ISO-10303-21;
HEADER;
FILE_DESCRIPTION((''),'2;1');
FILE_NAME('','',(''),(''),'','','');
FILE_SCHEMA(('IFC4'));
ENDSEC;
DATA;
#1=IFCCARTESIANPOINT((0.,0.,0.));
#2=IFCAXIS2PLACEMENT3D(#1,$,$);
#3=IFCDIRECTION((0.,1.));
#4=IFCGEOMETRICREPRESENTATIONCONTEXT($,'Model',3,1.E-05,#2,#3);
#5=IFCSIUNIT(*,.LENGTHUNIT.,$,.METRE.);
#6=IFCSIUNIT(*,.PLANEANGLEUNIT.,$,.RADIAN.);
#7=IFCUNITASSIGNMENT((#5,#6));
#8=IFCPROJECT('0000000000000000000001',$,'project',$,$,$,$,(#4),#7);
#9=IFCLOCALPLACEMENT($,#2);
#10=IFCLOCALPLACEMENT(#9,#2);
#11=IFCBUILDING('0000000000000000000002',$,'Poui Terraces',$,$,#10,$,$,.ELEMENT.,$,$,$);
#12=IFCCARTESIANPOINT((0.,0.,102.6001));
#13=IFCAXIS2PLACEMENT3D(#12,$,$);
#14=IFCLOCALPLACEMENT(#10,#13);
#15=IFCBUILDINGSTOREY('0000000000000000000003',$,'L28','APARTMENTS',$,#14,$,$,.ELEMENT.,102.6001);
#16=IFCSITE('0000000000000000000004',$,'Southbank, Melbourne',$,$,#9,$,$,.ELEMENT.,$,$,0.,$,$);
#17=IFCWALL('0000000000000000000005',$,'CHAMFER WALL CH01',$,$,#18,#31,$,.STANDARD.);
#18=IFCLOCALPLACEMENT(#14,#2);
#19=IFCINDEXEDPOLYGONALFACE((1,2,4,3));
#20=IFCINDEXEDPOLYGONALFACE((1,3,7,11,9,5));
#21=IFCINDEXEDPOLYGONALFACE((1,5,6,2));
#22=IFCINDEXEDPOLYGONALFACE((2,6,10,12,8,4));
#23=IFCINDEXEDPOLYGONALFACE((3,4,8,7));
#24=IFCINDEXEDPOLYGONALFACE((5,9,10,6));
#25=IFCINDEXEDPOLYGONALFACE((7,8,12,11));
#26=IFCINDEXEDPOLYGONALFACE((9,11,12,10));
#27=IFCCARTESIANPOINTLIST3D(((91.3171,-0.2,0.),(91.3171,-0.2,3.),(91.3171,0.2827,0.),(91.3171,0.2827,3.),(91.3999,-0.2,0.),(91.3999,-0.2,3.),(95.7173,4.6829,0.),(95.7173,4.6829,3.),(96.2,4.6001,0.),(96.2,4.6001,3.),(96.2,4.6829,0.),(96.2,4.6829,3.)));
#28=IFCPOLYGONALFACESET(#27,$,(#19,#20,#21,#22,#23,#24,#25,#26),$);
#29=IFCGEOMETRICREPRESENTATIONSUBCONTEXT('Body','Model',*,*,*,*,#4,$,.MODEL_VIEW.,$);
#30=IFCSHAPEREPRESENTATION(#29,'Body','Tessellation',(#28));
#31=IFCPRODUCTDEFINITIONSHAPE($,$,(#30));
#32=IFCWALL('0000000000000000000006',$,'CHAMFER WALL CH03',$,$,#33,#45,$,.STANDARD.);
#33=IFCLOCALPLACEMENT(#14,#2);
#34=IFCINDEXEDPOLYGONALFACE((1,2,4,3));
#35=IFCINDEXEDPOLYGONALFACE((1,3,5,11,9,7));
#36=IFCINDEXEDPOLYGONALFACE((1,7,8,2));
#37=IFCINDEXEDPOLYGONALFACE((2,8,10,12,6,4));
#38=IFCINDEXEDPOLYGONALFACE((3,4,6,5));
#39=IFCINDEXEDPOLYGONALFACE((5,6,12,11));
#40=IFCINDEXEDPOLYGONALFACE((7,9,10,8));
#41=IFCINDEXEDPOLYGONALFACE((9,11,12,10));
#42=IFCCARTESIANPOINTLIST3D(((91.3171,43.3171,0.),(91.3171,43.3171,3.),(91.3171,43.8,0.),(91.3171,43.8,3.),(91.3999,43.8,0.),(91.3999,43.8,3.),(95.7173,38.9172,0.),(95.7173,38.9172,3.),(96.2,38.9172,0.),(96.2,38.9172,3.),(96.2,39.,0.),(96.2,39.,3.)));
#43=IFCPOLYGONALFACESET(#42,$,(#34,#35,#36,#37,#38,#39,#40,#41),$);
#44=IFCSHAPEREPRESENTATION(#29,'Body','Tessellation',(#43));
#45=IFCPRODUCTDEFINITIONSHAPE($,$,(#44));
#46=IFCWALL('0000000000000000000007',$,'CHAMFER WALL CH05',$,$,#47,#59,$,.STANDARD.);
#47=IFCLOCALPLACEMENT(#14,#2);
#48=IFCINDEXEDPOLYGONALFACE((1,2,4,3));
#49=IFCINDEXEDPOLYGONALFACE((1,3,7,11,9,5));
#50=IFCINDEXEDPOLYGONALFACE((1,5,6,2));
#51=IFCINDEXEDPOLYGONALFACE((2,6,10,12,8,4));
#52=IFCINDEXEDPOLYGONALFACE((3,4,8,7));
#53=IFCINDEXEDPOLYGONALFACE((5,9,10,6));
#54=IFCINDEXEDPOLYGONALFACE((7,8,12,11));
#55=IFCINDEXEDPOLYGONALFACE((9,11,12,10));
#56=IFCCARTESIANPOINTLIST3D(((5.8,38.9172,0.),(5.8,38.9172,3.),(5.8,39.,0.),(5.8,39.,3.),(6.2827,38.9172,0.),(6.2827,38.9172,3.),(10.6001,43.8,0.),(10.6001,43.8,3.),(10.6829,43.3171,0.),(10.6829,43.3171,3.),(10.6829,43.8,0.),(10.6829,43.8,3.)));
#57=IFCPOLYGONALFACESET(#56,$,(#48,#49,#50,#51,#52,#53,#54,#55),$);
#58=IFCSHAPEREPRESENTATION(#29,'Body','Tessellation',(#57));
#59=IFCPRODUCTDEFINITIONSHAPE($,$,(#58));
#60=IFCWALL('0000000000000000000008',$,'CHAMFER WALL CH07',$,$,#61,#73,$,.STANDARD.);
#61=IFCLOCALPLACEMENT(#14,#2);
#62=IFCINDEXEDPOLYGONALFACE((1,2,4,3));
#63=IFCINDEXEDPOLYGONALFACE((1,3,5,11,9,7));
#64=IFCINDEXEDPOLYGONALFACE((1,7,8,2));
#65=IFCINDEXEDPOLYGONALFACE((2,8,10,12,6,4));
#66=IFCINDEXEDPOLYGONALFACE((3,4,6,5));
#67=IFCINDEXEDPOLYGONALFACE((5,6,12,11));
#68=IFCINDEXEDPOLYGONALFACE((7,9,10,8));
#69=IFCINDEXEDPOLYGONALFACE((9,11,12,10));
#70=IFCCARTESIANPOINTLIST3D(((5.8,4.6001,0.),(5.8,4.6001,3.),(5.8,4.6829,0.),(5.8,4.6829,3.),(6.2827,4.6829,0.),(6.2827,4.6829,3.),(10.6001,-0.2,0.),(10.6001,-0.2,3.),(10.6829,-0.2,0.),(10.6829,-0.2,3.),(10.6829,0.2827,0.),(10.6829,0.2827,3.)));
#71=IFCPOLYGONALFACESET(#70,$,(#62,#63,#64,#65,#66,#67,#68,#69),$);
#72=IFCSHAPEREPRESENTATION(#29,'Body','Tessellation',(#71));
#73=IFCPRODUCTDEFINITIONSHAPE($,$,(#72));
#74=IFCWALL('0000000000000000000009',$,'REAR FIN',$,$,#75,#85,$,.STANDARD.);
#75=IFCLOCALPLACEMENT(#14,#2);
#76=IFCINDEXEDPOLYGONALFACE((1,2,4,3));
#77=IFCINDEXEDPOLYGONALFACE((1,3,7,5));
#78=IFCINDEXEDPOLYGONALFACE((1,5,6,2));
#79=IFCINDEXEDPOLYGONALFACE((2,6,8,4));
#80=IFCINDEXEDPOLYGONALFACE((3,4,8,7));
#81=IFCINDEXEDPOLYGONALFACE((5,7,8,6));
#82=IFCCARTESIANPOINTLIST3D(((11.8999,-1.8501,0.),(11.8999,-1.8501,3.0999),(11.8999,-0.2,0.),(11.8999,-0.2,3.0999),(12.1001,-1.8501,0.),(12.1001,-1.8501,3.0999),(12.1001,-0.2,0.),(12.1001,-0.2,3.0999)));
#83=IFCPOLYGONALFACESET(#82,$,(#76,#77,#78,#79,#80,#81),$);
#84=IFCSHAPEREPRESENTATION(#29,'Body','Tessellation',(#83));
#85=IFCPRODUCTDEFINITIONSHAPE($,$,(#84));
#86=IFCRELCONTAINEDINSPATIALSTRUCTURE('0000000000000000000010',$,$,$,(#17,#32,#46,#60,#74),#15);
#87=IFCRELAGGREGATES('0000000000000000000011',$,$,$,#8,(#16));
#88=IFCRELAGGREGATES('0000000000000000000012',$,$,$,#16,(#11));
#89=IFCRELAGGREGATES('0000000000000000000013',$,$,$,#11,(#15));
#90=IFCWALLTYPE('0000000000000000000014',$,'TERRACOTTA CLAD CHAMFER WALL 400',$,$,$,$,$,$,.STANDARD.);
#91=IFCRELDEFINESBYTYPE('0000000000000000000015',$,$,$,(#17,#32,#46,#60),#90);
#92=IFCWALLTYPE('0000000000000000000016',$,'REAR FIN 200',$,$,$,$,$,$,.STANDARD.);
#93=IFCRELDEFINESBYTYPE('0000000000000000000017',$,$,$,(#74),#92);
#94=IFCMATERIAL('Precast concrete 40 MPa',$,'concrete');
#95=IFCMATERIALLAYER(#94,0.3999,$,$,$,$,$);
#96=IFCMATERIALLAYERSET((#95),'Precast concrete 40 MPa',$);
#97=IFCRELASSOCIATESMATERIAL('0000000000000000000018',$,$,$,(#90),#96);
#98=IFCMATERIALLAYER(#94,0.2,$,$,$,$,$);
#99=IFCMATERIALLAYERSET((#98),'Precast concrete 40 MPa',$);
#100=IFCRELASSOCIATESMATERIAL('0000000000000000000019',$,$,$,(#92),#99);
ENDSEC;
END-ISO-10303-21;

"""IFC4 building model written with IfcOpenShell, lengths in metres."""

from ifc_helpers import new_model, si_unit, direction, frame, origin, place, context, subcontext, project, spatial, polyline, outline, extrude, source, transform, mapped, material, layer, layer_set, type_object, element, save


model = new_model("IFC4")

# Units and contexts
model_context = context("Model", 3, precision=1e-05, world=origin(), true_north=direction((0.0, 1.0)))
body_context = subcontext(model_context, "Body", "Model", "MODEL_VIEW")
ifc_project = project(units=[si_unit("LENGTHUNIT", "METRE"), si_unit("PLANEANGLEUNIT", "RADIAN")], contexts=[model_context])

# Site, building, storey
site_placement = place(None, origin())
site = spatial("IfcSite", under=ifc_project, at=site_placement, Name="Southbank, Melbourne", CompositionType="ELEMENT", RefElevation=0.0)
building_placement = place(site_placement, origin())
building = spatial("IfcBuilding", under=site, at=building_placement, Name="Poui Terraces", CompositionType="ELEMENT")
storey_placement = place(building_placement, frame((0.0, 0.0, 102.6001)))
storey = spatial("IfcBuildingStorey", under=building, at=storey_placement, Name="L28", Description="APARTMENTS", CompositionType="ELEMENT", Elevation=102.6001)

# Shared definitions
ifc_material_1 = material(Name="Precast concrete 40 MPa", Category="concrete")

# Walls
ifc_layer_1 = layer(ifc_material_1, 0.3999)
ifc_layer_set_1 = layer_set([ifc_layer_1], Name="Precast concrete 40 MPa")
wall_type_1 = type_object("IfcWallType", Name="TERRACOTTA CLAD CHAMFER WALL 400", PredefinedType="STANDARD", material=ifc_layer_set_1)
wall_1_placement = place(storey_placement, origin())
element("IfcWall", 1, at=wall_1_placement, inside=storey, type_object=wall_type_1, Name="CHAMFER WALL CH01", PredefinedType="STANDARD", context=body_context, shape_type="SweptSolid", body=[
    extrude(outline(polyline([(91.3171, -0.2), (91.3999, -0.2), (96.2, 4.6001), (96.2, 4.6829), (95.7173, 4.6829), (91.3171, 0.2827), (91.3171, -0.2)])), origin(), (0.0, 0.0, 1.0), 3.0),
])
wall_2_placement = place(storey_placement, origin())
element("IfcWall", 2, at=wall_2_placement, inside=storey, type_object=wall_type_1, Name="CHAMFER WALL CH03", PredefinedType="STANDARD", context=body_context, shape_type="SweptSolid", body=[
    extrude(outline(polyline([(96.2, 38.9172), (96.2, 39.0), (91.3999, 43.8), (91.3171, 43.8), (91.3171, 43.3171), (95.7173, 38.9172), (96.2, 38.9172)])), origin(), (0.0, 0.0, 1.0), 3.0),
])
wall_3_placement = place(storey_placement, origin())
element("IfcWall", 3, at=wall_3_placement, inside=storey, type_object=wall_type_1, Name="CHAMFER WALL CH05", PredefinedType="STANDARD", context=body_context, shape_type="SweptSolid", body=[
    extrude(outline(polyline([(10.6829, 43.8), (10.6001, 43.8), (5.8, 39.0), (5.8, 38.9172), (6.2827, 38.9172), (10.6829, 43.3171), (10.6829, 43.8)])), origin(), (0.0, 0.0, 1.0), 3.0),
])
wall_4_placement = place(storey_placement, origin())
element("IfcWall", 4, at=wall_4_placement, inside=storey, type_object=wall_type_1, Name="CHAMFER WALL CH07", PredefinedType="STANDARD", context=body_context, shape_type="SweptSolid", body=[
    extrude(outline(polyline([(5.8, 4.6829), (5.8, 4.6001), (10.6001, -0.2), (10.6829, -0.2), (10.6829, 0.2827), (6.2827, 4.6829), (5.8, 4.6829)])), origin(), (0.0, 0.0, 1.0), 3.0),
])
ifc_layer_2 = layer(ifc_material_1, 0.2)
ifc_layer_set_2 = layer_set([ifc_layer_2], Name="Precast concrete 40 MPa")
wall_type_2 = type_object("IfcWallType", Name="REAR FIN 200", PredefinedType="STANDARD", material=ifc_layer_set_2)
shared_shape_1 = source(origin(), body_context, "Body", "SweptSolid", [
    extrude(outline(polyline([(0.0, 0.0), (0.2002, 0.0), (0.2002, 1.6501), (0.0, 1.6501), (0.0, 0.0)])), origin(), (0.0, 0.0, 1.0), 3.0999),
])
wall_5_placement = place(storey_placement, frame((11.8999, -1.8501, 0.0)))
element("IfcWall", 5, at=wall_5_placement, inside=storey, type_object=wall_type_2, Name="REAR FIN", PredefinedType="STANDARD", context=body_context, shape_type="MappedRepresentation", body=[
    mapped(shared_shape_1, transform((0.0, 0.0, 0.0))),
])

save(model, "model.ifc")
